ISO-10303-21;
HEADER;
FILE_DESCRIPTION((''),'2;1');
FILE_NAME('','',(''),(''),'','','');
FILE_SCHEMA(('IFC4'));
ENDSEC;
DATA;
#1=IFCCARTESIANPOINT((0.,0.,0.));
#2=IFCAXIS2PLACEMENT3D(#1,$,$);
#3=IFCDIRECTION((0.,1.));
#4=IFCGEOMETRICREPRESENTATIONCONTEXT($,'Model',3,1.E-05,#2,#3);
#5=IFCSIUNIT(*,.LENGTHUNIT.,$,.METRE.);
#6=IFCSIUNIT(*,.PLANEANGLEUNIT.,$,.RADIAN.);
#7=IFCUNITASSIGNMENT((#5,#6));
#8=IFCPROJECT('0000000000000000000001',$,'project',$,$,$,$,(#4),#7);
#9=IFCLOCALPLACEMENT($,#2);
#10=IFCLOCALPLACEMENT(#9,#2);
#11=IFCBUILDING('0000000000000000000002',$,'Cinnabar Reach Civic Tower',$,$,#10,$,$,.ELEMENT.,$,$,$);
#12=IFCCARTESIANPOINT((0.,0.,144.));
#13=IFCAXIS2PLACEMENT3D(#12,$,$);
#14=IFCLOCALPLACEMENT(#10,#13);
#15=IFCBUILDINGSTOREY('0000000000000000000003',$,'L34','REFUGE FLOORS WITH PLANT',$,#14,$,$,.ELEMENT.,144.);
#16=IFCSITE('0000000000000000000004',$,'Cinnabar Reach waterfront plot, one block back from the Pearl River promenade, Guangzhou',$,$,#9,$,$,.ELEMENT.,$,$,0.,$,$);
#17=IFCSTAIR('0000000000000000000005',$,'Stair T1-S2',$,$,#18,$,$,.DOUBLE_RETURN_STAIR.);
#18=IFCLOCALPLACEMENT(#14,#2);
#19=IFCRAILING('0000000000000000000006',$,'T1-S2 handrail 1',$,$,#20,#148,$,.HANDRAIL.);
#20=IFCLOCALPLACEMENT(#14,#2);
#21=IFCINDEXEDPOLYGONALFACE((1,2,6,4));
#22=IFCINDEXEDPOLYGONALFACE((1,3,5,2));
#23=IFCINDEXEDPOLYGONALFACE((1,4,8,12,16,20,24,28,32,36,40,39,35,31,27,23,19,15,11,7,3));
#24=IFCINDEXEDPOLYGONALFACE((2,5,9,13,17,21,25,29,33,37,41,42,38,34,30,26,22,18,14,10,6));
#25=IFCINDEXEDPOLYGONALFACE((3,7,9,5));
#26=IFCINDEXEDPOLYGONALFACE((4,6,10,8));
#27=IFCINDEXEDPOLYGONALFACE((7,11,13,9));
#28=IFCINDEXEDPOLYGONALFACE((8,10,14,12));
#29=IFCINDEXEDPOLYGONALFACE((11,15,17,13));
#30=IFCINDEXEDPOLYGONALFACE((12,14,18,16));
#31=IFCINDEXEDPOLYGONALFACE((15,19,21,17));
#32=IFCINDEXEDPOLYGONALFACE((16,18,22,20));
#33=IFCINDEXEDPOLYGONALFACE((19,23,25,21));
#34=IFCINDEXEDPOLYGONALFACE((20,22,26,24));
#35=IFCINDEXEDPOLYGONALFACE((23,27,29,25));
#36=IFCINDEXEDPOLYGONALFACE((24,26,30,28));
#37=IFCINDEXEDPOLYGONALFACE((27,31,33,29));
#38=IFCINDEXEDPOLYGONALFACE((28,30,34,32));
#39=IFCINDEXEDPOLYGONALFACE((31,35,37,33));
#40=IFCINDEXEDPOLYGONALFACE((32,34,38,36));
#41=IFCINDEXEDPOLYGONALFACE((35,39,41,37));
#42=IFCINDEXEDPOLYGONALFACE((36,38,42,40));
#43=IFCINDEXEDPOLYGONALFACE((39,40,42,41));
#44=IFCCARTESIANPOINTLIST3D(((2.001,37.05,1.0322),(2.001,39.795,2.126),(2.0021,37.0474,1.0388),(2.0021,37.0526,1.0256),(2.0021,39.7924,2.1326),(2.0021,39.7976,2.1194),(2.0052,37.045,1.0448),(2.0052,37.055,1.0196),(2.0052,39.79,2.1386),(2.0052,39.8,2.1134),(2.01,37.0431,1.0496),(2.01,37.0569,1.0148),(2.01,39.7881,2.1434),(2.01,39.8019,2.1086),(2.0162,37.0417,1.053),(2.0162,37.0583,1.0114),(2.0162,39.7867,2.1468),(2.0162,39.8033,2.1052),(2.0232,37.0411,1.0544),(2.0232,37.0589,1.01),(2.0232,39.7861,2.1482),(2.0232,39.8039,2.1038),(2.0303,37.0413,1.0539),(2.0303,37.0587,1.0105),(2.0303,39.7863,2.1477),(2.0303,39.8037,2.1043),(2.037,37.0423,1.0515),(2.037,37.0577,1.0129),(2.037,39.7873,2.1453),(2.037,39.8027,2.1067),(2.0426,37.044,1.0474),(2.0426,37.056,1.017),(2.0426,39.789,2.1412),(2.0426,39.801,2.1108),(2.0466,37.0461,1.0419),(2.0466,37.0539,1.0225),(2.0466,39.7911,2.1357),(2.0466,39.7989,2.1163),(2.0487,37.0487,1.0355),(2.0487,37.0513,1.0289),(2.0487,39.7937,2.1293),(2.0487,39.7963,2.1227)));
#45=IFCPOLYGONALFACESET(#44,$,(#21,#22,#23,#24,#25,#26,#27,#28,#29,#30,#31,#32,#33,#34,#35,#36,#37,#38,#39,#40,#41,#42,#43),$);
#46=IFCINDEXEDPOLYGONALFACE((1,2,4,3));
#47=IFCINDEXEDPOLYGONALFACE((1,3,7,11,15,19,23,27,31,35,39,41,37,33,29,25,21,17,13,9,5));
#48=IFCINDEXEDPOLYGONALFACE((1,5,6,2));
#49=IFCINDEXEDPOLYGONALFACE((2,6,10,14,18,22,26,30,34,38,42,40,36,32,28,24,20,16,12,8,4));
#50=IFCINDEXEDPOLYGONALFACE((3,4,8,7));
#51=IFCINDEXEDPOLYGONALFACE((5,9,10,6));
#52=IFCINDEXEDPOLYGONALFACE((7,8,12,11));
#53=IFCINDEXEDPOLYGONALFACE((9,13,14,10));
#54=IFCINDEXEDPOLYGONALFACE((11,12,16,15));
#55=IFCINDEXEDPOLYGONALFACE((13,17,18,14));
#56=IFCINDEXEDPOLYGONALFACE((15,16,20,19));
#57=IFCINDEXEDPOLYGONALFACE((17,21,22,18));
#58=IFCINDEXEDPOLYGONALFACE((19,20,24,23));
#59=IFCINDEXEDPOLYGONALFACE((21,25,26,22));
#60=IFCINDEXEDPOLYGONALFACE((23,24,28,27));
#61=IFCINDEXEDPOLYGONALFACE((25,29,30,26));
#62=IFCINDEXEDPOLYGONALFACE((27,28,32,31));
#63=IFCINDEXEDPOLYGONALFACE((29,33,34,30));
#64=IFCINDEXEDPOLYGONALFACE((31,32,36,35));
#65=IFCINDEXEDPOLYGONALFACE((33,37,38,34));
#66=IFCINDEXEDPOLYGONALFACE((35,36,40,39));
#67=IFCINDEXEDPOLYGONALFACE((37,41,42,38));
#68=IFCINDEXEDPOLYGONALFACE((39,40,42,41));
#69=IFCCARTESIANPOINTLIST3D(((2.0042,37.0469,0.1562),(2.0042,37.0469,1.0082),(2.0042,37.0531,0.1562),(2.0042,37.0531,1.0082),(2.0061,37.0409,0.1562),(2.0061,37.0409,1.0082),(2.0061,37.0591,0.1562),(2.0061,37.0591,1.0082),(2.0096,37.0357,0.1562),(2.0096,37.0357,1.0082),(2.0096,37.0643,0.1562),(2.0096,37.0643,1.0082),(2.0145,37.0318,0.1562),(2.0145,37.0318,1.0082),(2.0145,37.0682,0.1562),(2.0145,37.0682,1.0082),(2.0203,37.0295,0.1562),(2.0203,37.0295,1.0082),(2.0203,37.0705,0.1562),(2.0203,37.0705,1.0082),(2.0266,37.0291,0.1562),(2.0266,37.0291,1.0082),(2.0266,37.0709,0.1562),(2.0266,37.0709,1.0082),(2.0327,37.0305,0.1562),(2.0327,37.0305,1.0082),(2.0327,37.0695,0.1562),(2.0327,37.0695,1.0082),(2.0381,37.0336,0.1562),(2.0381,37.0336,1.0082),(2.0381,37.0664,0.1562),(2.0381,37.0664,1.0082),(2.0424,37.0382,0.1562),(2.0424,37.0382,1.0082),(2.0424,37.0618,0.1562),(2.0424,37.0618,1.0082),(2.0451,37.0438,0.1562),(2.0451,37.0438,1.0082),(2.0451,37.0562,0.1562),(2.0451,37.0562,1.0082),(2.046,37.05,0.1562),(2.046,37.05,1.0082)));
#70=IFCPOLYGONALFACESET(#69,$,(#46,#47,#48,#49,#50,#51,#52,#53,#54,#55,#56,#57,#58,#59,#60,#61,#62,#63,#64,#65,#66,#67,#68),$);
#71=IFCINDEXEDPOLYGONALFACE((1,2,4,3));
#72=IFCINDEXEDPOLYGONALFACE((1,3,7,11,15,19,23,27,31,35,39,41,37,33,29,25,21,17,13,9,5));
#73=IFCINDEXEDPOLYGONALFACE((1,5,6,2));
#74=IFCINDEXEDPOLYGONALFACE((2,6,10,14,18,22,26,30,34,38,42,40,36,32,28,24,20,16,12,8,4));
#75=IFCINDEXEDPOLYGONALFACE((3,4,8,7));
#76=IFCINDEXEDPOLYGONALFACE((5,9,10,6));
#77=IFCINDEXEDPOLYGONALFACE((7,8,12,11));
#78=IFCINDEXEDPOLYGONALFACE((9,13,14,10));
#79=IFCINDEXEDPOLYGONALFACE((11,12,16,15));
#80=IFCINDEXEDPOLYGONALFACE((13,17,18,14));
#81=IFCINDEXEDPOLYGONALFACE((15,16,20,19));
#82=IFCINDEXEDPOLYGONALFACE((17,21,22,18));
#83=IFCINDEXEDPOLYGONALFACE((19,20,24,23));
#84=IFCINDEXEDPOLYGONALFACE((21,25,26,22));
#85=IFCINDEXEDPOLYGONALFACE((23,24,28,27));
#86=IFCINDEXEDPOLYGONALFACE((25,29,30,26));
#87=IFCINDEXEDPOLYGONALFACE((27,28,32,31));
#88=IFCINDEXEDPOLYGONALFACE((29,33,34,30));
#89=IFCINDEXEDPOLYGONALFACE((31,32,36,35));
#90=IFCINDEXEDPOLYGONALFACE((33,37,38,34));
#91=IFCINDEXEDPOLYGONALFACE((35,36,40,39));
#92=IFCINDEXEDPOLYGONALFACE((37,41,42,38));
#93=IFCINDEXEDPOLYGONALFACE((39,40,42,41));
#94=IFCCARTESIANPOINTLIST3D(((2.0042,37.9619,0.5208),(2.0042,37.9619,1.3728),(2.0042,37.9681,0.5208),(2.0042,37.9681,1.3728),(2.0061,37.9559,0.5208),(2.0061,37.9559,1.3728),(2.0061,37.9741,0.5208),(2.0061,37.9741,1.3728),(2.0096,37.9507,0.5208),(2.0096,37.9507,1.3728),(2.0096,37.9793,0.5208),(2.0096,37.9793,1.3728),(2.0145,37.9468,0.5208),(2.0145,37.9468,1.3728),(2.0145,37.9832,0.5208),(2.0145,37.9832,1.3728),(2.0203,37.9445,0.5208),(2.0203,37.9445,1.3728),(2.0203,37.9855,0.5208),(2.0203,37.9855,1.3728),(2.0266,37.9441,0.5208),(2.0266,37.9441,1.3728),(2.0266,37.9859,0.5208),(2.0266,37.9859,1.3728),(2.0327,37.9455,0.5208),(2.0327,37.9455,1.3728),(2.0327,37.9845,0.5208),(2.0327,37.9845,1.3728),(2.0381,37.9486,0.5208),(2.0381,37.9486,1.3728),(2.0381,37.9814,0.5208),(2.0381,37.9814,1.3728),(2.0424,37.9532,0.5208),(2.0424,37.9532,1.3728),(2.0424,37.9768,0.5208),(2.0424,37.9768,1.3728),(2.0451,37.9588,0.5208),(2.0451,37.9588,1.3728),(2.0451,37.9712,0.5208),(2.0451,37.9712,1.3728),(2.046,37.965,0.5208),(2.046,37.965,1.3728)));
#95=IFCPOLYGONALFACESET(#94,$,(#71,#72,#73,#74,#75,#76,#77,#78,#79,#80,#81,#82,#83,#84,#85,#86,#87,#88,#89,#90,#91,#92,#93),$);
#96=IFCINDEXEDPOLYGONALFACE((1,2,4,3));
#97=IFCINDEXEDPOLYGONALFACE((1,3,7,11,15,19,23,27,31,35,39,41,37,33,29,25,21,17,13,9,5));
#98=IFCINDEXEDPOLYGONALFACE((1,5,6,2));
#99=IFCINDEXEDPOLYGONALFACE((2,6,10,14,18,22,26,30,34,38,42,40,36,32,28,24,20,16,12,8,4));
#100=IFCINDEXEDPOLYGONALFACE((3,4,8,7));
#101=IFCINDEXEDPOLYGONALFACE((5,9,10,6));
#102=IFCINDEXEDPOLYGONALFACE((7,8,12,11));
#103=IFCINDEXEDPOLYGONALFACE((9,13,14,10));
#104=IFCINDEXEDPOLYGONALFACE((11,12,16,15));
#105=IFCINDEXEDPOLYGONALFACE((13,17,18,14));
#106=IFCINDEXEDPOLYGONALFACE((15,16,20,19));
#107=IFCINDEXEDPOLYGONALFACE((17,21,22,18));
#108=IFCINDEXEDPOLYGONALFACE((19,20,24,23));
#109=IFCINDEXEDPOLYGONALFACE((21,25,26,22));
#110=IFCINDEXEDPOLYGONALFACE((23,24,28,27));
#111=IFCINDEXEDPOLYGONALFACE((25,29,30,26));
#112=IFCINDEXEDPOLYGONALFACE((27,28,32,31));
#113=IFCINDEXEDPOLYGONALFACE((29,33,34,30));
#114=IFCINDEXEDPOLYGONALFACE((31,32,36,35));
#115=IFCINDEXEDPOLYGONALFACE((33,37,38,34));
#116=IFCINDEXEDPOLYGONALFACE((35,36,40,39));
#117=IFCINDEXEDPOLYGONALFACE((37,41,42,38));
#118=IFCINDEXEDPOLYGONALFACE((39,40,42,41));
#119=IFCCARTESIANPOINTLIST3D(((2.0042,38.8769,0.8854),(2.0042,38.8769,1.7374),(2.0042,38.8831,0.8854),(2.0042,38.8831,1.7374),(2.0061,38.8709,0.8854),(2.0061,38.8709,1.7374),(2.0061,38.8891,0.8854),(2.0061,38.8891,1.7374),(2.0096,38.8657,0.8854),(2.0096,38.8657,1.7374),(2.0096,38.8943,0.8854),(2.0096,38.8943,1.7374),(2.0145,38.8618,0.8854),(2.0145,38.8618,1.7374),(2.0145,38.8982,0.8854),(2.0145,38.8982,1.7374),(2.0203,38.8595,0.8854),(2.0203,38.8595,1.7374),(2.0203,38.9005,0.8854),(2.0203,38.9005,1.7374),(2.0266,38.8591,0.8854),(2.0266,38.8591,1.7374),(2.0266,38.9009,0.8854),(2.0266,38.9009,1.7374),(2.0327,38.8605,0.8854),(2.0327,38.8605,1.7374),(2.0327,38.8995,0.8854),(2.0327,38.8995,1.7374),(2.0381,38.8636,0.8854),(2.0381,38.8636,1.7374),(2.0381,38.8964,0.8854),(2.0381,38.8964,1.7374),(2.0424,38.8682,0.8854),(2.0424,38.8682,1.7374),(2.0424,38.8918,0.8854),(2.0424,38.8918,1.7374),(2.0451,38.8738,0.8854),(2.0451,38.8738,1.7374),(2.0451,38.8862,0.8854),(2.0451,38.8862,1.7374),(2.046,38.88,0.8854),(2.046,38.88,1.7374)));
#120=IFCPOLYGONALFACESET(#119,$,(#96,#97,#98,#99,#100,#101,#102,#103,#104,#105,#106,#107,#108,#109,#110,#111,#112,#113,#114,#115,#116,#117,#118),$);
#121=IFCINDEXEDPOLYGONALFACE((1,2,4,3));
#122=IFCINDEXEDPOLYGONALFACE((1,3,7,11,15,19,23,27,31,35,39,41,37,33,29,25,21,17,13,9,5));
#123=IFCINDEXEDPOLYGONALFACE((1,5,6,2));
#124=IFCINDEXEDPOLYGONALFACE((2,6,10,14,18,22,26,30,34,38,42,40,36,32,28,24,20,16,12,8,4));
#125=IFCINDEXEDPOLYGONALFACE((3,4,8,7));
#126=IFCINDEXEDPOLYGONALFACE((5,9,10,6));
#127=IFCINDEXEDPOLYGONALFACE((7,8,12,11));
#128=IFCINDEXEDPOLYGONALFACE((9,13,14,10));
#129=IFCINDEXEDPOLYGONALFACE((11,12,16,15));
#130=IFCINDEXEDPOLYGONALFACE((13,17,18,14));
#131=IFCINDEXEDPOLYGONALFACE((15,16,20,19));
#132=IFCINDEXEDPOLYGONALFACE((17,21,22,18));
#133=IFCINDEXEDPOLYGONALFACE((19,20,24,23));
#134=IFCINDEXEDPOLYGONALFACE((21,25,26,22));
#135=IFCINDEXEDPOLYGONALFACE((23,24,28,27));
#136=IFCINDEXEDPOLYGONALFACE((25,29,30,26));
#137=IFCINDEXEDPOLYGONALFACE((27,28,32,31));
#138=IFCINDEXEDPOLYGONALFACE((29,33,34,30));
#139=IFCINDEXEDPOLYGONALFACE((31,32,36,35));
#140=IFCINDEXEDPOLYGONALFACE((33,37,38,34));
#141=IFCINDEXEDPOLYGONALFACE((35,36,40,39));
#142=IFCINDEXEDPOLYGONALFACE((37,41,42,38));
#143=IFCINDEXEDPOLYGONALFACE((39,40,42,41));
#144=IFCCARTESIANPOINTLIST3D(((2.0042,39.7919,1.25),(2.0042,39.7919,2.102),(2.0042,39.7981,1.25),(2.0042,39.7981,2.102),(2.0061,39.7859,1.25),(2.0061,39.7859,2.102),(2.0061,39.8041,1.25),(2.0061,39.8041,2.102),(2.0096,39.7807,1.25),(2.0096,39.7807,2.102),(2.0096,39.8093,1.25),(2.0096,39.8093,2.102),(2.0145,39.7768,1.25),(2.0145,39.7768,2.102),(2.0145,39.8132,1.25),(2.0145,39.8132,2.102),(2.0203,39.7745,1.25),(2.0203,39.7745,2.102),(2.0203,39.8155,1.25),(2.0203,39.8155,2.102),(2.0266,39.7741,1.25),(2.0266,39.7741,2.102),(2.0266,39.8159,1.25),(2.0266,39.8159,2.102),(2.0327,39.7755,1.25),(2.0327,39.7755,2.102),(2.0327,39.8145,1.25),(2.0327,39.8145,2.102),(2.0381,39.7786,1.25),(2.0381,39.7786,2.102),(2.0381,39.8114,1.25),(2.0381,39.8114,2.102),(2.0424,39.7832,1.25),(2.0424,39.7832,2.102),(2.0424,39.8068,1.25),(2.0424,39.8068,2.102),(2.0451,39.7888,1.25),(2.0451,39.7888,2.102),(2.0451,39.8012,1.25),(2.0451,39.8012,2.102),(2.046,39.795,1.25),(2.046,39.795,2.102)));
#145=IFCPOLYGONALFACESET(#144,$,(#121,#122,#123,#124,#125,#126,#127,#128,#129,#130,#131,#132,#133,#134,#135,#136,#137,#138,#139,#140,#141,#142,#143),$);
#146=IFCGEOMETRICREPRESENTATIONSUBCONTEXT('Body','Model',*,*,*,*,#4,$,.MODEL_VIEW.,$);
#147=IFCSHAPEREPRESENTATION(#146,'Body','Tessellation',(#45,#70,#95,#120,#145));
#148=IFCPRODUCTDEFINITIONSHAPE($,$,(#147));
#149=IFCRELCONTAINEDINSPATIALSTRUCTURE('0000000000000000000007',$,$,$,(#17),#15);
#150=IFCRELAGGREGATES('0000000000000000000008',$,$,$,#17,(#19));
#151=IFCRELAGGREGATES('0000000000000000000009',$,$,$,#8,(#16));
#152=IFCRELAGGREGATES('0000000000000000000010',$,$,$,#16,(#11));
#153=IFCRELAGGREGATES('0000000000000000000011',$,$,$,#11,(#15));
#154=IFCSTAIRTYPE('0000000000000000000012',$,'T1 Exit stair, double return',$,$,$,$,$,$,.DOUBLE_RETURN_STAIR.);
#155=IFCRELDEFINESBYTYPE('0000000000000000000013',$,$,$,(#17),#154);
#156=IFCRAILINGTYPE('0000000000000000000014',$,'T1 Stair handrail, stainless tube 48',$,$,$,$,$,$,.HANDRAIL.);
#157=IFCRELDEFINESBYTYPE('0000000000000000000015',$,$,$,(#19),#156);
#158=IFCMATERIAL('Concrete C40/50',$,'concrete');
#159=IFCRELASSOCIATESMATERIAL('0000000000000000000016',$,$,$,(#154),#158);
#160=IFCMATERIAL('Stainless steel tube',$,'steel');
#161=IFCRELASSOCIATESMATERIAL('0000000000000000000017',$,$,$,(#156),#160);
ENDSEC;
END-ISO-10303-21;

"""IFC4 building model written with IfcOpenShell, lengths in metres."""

from ifc_helpers import new_model, si_unit, direction, frame, origin, origin_2d, place, context, subcontext, project, spatial, circle, extrude, material, type_object, element, aggregate, save


model = new_model("IFC4")

# Units and contexts
model_context = context("Model", 3, precision=1e-05, world=origin(), true_north=direction((0.0, 1.0)))
body_context = subcontext(model_context, "Body", "Model", "MODEL_VIEW")
ifc_project = project(units=[si_unit("LENGTHUNIT", "METRE"), si_unit("PLANEANGLEUNIT", "RADIAN")], contexts=[model_context])

# Site, building, storey
site_placement = place(None, origin())
site = spatial("IfcSite", under=ifc_project, at=site_placement, Name="Cinnabar Reach waterfront plot, one block back from the Pearl River promenade, Guangzhou", CompositionType="ELEMENT", RefElevation=0.0)
building_placement = place(site_placement, origin())
building = spatial("IfcBuilding", under=site, at=building_placement, Name="Cinnabar Reach Civic Tower", CompositionType="ELEMENT")
storey_placement = place(building_placement, frame((0.0, 0.0, 144.0)))
storey = spatial("IfcBuildingStorey", under=building, at=storey_placement, Name="L34", Description="REFUGE FLOORS WITH PLANT", CompositionType="ELEMENT", Elevation=144.0)

# Shared definitions
ifc_material_1 = material(Name="Concrete C40/50", Category="concrete")

# Stair, railing
stair_type = type_object("IfcStairType", Name="T1 Exit stair, double return", PredefinedType="DOUBLE_RETURN_STAIR", material=ifc_material_1)
stair_placement = place(storey_placement, origin())
stair = element("IfcStair", 1, at=stair_placement, inside=storey, type_object=stair_type, Name="Stair T1-S2", PredefinedType="DOUBLE_RETURN_STAIR")
ifc_material_2 = material(Name="Stainless steel tube", Category="steel")
railing_type = type_object("IfcRailingType", Name="T1 Stair handrail, stainless tube 48", PredefinedType="HANDRAIL", material=ifc_material_2)
railing_1_placement = place(storey_placement, frame((2.025, 37.05, 0.1562)))
railing_1 = element("IfcRailing", 2, at=railing_1_placement, type_object=railing_type, Name="T1-S2 handrail 1", PredefinedType="HANDRAIL", context=body_context, shape_type="SweptSolid", body=[
    extrude(circle(Radius=0.024, at=origin_2d()), frame((0.0, 0.0, 0.876), z_axis=(0.0, 0.928966, 0.370165), x_axis=(-1.0, 0.0, 0.0)), (0.0, 0.0, 1.0), 2.9549),
    extrude(circle(Radius=0.021, at=origin_2d()), origin(), (0.0, 0.0, 1.0), 0.852),
    extrude(circle(Radius=0.021, at=origin_2d()), frame((0.0, 0.915, 0.3646)), (0.0, 0.0, 1.0), 0.852),
    extrude(circle(Radius=0.021, at=origin_2d()), frame((0.0, 1.83, 0.7292)), (0.0, 0.0, 1.0), 0.852),
    extrude(circle(Radius=0.021, at=origin_2d()), frame((0.0, 2.745, 1.0938)), (0.0, 0.0, 1.0), 0.852),
])
aggregate(stair, [railing_1])

save(model, "model.ifc")
